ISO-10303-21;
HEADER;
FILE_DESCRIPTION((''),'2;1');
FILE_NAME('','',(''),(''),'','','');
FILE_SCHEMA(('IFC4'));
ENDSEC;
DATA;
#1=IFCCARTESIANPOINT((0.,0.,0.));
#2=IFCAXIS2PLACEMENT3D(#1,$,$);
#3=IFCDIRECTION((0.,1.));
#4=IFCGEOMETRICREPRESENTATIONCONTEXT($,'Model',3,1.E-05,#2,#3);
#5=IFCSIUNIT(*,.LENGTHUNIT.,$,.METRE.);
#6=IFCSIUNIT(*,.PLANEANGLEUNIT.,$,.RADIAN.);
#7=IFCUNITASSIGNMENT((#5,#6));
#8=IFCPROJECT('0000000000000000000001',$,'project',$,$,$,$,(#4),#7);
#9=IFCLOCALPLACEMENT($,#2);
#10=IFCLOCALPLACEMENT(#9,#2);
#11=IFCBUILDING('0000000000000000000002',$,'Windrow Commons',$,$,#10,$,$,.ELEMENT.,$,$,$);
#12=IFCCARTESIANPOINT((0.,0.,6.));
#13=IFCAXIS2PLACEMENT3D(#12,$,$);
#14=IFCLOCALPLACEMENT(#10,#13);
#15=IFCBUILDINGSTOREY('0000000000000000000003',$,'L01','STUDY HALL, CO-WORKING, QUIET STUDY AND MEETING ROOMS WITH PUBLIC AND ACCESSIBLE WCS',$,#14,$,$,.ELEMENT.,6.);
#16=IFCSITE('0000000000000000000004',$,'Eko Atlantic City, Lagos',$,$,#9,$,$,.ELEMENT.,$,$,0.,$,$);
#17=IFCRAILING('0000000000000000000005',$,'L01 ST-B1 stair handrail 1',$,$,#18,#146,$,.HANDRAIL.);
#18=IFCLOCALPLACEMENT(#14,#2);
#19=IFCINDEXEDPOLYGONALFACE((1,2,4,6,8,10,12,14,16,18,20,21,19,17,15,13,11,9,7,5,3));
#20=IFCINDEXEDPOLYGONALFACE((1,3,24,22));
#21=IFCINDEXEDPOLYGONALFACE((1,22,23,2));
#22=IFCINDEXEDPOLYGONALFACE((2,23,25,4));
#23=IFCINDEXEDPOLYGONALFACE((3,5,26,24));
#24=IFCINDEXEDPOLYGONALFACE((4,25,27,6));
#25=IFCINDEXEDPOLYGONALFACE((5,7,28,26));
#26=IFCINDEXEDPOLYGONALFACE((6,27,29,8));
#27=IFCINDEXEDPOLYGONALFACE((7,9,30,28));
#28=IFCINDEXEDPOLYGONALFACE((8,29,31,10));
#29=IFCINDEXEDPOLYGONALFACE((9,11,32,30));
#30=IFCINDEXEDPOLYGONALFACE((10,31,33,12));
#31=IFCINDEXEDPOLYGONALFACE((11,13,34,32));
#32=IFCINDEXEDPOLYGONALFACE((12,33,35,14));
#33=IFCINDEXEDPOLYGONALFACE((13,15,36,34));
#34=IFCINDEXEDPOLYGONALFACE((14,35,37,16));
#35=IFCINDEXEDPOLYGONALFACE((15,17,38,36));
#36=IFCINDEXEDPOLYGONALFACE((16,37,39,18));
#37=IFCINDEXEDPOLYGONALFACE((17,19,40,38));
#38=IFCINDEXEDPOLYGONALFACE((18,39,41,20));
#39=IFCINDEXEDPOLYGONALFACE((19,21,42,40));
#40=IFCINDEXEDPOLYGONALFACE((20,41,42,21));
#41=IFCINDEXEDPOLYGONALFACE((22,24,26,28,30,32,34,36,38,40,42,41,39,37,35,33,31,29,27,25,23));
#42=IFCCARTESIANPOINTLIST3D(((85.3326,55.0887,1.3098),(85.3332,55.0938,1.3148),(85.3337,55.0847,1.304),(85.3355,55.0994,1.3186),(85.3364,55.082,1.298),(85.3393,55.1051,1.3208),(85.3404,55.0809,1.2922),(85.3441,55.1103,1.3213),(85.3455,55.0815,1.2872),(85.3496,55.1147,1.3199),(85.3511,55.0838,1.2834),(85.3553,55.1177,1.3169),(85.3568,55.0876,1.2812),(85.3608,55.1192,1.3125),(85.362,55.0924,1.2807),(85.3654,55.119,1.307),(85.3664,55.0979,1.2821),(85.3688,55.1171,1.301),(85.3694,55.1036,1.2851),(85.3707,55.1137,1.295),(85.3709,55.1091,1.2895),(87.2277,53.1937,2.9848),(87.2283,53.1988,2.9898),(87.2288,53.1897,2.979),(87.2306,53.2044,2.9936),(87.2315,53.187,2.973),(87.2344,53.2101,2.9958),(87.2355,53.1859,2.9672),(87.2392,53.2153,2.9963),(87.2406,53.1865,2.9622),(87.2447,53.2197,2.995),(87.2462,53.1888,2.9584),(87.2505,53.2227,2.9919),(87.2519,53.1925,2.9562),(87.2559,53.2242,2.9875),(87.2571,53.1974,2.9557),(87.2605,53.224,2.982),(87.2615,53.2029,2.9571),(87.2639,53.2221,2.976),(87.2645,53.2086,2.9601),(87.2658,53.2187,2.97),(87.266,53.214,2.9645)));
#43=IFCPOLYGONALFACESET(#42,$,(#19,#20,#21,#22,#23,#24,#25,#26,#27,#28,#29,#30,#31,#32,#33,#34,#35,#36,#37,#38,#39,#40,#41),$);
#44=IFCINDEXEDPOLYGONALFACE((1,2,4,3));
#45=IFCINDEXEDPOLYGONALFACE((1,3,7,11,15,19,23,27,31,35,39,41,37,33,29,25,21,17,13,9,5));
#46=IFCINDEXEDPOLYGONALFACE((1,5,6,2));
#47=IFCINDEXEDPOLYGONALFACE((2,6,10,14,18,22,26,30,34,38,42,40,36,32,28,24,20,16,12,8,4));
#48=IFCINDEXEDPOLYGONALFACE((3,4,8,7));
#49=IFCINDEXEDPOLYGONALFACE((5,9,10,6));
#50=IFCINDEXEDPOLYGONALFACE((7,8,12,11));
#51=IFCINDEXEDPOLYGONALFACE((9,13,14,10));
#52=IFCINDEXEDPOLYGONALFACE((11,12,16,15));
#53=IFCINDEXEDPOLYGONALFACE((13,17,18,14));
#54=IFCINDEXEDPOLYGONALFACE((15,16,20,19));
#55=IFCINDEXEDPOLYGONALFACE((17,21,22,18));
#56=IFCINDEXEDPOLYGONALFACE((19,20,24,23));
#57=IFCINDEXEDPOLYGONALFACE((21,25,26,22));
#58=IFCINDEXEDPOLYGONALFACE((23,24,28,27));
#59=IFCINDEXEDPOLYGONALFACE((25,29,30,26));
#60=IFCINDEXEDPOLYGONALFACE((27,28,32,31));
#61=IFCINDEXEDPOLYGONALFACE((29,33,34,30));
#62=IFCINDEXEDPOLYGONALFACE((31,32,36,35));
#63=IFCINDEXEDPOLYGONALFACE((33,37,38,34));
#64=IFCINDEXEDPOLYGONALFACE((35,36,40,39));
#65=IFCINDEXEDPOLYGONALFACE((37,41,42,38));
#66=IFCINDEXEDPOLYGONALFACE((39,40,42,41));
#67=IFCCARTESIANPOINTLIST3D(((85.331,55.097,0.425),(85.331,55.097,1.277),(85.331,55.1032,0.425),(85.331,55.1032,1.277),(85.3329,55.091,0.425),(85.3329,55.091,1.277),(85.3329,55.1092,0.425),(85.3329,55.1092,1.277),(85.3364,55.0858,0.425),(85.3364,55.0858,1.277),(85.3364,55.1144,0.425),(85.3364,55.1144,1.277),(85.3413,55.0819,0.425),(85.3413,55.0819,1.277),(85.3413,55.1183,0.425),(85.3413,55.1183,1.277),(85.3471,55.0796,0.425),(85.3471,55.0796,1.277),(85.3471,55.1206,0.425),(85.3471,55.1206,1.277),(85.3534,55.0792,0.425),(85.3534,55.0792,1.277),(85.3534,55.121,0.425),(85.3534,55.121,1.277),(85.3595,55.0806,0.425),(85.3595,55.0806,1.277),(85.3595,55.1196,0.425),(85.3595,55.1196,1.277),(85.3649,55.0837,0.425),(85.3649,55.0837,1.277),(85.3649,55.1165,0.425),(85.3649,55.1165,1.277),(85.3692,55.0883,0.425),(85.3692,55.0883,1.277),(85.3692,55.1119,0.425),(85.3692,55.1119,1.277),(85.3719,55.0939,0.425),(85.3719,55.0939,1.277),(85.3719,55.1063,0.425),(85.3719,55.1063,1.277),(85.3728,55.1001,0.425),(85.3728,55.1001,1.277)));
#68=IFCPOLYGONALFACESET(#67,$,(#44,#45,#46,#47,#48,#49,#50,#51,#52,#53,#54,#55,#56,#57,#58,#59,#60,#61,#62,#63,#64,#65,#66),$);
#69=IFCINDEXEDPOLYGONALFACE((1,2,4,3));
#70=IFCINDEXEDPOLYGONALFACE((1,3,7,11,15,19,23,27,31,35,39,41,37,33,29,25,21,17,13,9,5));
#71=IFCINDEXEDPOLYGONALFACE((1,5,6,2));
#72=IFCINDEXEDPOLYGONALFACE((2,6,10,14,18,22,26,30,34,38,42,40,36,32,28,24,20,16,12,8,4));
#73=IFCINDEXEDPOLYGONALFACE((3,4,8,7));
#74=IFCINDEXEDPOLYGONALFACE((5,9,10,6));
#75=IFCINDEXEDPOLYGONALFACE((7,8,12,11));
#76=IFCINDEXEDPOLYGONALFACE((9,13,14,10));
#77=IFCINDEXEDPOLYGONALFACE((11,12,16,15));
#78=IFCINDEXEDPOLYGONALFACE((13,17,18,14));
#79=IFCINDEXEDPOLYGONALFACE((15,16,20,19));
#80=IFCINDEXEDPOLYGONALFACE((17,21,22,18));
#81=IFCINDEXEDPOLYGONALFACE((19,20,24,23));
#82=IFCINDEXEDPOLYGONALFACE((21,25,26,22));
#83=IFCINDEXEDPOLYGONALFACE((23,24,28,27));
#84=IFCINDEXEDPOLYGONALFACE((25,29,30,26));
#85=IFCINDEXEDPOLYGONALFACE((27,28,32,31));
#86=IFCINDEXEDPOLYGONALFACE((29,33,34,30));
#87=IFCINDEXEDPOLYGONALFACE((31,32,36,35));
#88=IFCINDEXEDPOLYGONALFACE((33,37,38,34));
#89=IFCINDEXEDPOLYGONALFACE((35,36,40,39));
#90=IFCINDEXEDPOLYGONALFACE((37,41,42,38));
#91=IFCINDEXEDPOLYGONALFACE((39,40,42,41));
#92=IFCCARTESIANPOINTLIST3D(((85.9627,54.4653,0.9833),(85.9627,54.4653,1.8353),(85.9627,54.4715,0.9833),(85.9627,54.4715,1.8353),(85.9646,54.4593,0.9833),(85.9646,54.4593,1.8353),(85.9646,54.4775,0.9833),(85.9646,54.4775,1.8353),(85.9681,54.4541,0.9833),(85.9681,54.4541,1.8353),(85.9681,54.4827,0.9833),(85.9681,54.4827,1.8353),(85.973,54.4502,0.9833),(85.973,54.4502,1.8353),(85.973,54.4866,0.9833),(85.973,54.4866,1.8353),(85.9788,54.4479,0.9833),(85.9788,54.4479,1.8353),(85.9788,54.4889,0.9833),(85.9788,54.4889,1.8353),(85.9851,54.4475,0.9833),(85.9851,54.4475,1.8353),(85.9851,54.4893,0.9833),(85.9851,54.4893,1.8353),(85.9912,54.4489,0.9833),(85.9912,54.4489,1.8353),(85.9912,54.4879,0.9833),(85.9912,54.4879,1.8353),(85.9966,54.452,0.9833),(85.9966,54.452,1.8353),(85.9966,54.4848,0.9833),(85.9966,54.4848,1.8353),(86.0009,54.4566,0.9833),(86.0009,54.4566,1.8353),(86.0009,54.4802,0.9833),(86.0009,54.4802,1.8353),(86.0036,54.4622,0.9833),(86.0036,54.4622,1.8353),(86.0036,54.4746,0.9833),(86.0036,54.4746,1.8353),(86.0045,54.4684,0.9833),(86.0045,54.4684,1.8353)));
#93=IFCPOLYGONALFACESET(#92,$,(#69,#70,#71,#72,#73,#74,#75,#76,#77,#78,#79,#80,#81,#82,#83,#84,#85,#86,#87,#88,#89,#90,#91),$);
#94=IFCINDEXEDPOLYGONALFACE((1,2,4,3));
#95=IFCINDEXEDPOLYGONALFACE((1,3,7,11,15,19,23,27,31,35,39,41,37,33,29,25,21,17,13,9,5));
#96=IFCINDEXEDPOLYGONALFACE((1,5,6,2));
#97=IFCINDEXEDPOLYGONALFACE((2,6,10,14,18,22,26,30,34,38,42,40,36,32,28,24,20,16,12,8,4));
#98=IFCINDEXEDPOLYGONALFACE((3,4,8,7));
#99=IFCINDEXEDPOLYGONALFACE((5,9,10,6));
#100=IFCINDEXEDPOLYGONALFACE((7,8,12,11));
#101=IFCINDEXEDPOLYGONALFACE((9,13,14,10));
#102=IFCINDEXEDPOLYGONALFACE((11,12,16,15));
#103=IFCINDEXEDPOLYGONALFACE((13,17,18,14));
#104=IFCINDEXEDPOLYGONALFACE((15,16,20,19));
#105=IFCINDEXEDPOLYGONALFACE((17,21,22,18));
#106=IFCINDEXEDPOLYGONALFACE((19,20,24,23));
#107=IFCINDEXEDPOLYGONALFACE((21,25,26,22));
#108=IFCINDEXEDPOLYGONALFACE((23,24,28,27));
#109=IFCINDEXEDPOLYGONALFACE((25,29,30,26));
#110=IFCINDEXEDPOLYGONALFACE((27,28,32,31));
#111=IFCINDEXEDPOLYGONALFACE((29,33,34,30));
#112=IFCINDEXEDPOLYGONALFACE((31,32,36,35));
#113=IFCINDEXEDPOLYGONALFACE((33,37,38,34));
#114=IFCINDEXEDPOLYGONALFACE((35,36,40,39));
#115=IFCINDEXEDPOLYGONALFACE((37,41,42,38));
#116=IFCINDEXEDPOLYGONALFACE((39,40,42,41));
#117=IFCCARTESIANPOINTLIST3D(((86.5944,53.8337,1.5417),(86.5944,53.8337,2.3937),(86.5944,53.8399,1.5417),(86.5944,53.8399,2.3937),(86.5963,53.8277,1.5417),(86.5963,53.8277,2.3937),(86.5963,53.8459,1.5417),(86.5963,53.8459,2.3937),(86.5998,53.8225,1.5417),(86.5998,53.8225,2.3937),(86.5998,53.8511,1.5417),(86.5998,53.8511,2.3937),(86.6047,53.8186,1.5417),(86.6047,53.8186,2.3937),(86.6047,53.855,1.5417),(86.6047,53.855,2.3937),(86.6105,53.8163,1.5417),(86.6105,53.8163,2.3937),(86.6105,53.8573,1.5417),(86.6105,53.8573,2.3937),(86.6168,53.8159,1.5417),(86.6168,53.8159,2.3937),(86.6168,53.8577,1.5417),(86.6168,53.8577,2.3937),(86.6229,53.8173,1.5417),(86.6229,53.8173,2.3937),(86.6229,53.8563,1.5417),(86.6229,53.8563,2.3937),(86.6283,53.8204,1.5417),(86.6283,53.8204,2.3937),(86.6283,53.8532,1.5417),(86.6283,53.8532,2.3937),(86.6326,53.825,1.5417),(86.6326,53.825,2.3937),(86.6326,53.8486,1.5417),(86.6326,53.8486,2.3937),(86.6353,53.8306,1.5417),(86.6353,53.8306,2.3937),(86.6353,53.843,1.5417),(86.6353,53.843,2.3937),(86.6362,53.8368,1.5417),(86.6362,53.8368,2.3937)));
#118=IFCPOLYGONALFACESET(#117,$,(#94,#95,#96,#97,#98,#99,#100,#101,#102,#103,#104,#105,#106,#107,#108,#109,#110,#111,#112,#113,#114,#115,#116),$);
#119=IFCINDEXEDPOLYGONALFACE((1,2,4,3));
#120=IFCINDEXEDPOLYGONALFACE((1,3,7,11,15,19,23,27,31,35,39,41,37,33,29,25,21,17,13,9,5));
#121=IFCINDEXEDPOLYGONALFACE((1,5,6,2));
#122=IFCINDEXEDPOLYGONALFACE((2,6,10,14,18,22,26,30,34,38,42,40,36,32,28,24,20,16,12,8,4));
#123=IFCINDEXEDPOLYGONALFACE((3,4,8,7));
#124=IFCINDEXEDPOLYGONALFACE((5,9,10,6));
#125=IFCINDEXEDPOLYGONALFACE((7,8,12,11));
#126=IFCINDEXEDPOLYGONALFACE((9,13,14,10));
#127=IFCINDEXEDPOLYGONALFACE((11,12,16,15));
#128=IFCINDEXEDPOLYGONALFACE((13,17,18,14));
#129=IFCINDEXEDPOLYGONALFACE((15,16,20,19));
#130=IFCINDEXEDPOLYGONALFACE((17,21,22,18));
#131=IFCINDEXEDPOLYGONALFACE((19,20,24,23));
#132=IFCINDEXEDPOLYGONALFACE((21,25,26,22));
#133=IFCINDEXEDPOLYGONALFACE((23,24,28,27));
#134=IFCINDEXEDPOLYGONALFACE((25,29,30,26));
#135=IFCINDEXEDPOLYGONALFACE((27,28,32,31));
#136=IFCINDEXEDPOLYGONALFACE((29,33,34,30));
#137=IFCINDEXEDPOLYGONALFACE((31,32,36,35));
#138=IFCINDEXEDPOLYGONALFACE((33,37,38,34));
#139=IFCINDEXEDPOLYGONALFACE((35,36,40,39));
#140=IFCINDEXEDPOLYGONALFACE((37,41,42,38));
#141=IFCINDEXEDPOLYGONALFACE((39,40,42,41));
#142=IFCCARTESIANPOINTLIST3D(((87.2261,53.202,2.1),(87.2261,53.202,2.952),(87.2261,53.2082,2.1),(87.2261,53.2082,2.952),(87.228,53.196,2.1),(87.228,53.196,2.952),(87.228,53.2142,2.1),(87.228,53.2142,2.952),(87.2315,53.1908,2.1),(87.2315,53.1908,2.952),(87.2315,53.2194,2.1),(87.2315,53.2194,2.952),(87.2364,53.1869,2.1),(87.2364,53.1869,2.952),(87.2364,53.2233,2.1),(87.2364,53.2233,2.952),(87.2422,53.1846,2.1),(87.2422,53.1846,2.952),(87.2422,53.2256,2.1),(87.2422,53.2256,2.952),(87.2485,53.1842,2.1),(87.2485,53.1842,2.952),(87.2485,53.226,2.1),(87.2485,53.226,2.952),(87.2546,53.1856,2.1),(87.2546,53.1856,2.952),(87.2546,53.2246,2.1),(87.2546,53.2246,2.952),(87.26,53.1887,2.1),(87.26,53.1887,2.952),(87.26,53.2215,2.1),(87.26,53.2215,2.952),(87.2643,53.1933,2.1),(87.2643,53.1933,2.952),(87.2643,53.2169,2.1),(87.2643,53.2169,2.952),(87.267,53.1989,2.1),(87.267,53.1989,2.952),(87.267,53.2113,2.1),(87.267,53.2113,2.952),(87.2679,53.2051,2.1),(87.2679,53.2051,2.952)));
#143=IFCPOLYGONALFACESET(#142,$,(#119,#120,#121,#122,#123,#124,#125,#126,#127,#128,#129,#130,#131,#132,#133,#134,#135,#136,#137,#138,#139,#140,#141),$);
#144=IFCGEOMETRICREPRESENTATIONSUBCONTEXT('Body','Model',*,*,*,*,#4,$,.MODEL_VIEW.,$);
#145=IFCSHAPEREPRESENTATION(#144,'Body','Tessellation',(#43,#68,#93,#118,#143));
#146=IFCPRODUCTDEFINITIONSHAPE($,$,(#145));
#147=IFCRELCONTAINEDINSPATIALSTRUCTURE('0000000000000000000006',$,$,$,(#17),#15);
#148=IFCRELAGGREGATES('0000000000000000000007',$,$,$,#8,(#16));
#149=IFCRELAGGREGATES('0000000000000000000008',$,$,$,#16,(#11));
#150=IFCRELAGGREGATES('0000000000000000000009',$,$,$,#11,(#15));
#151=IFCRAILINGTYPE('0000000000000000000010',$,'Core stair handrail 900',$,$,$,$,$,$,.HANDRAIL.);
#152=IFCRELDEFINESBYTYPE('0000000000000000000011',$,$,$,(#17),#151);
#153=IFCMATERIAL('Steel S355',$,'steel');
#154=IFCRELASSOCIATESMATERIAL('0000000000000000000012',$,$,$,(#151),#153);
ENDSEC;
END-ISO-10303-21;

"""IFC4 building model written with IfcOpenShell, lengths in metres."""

from ifc_helpers import new_model, si_unit, direction, frame, origin, origin_2d, place, context, subcontext, project, spatial, circle, extrude, material, type_object, element, save


model = new_model("IFC4")

# Units and contexts
model_context = context("Model", 3, precision=1e-05, world=origin(), true_north=direction((0.0, 1.0)))
body_context = subcontext(model_context, "Body", "Model", "MODEL_VIEW")
ifc_project = project(units=[si_unit("LENGTHUNIT", "METRE"), si_unit("PLANEANGLEUNIT", "RADIAN")], contexts=[model_context])

# Site, building, storey
site_placement = place(None, origin())
site = spatial("IfcSite", under=ifc_project, at=site_placement, Name="Eko Atlantic City, Lagos", CompositionType="ELEMENT", RefElevation=0.0)
building_placement = place(site_placement, origin())
building = spatial("IfcBuilding", under=site, at=building_placement, Name="Windrow Commons", CompositionType="ELEMENT")
storey_placement = place(building_placement, frame((0.0, 0.0, 6.0)))
storey = spatial("IfcBuildingStorey", under=building, at=storey_placement, Name="L01", Description="STUDY HALL, CO-WORKING, QUIET STUDY AND MEETING ROOMS WITH PUBLIC AND ACCESSIBLE WCS", CompositionType="ELEMENT", Elevation=6.0)

# Railing
ifc_material_1 = material(Name="Steel S355", Category="steel")
railing_type_1 = type_object("IfcRailingType", Name="Core stair handrail 900", PredefinedType="HANDRAIL", material=ifc_material_1)
railing_1_placement = place(storey_placement, frame((85.3518, 55.1001, 0.425)))
element("IfcRailing", 1, at=railing_1_placement, inside=storey, type_object=railing_type_1, Name="L01 ST-B1 stair handrail 1", PredefinedType="HANDRAIL", context=body_context, shape_type="SweptSolid", body=[
    extrude(circle(Radius=0.024, at=origin_2d()), frame((0.0, 0.0, 0.876), z_axis=(0.599642, -0.59961, 0.529998), x_axis=(0.707088, 0.707125, 0.0)), (0.0, 0.0, 1.0), 3.1604),
    extrude(circle(Radius=0.021, at=origin_2d()), origin(), (0.0, 0.0, 1.0), 0.852),
    extrude(circle(Radius=0.021, at=origin_2d()), frame((0.6317, -0.6317, 0.5583)), (0.0, 0.0, 1.0), 0.852),
    extrude(circle(Radius=0.021, at=origin_2d()), frame((1.2634, -1.2633, 1.1167)), (0.0, 0.0, 1.0), 0.852),
    extrude(circle(Radius=0.021, at=origin_2d()), frame((1.8951, -1.895, 1.675)), (0.0, 0.0, 1.0), 0.852),
])

save(model, "model.ifc")
